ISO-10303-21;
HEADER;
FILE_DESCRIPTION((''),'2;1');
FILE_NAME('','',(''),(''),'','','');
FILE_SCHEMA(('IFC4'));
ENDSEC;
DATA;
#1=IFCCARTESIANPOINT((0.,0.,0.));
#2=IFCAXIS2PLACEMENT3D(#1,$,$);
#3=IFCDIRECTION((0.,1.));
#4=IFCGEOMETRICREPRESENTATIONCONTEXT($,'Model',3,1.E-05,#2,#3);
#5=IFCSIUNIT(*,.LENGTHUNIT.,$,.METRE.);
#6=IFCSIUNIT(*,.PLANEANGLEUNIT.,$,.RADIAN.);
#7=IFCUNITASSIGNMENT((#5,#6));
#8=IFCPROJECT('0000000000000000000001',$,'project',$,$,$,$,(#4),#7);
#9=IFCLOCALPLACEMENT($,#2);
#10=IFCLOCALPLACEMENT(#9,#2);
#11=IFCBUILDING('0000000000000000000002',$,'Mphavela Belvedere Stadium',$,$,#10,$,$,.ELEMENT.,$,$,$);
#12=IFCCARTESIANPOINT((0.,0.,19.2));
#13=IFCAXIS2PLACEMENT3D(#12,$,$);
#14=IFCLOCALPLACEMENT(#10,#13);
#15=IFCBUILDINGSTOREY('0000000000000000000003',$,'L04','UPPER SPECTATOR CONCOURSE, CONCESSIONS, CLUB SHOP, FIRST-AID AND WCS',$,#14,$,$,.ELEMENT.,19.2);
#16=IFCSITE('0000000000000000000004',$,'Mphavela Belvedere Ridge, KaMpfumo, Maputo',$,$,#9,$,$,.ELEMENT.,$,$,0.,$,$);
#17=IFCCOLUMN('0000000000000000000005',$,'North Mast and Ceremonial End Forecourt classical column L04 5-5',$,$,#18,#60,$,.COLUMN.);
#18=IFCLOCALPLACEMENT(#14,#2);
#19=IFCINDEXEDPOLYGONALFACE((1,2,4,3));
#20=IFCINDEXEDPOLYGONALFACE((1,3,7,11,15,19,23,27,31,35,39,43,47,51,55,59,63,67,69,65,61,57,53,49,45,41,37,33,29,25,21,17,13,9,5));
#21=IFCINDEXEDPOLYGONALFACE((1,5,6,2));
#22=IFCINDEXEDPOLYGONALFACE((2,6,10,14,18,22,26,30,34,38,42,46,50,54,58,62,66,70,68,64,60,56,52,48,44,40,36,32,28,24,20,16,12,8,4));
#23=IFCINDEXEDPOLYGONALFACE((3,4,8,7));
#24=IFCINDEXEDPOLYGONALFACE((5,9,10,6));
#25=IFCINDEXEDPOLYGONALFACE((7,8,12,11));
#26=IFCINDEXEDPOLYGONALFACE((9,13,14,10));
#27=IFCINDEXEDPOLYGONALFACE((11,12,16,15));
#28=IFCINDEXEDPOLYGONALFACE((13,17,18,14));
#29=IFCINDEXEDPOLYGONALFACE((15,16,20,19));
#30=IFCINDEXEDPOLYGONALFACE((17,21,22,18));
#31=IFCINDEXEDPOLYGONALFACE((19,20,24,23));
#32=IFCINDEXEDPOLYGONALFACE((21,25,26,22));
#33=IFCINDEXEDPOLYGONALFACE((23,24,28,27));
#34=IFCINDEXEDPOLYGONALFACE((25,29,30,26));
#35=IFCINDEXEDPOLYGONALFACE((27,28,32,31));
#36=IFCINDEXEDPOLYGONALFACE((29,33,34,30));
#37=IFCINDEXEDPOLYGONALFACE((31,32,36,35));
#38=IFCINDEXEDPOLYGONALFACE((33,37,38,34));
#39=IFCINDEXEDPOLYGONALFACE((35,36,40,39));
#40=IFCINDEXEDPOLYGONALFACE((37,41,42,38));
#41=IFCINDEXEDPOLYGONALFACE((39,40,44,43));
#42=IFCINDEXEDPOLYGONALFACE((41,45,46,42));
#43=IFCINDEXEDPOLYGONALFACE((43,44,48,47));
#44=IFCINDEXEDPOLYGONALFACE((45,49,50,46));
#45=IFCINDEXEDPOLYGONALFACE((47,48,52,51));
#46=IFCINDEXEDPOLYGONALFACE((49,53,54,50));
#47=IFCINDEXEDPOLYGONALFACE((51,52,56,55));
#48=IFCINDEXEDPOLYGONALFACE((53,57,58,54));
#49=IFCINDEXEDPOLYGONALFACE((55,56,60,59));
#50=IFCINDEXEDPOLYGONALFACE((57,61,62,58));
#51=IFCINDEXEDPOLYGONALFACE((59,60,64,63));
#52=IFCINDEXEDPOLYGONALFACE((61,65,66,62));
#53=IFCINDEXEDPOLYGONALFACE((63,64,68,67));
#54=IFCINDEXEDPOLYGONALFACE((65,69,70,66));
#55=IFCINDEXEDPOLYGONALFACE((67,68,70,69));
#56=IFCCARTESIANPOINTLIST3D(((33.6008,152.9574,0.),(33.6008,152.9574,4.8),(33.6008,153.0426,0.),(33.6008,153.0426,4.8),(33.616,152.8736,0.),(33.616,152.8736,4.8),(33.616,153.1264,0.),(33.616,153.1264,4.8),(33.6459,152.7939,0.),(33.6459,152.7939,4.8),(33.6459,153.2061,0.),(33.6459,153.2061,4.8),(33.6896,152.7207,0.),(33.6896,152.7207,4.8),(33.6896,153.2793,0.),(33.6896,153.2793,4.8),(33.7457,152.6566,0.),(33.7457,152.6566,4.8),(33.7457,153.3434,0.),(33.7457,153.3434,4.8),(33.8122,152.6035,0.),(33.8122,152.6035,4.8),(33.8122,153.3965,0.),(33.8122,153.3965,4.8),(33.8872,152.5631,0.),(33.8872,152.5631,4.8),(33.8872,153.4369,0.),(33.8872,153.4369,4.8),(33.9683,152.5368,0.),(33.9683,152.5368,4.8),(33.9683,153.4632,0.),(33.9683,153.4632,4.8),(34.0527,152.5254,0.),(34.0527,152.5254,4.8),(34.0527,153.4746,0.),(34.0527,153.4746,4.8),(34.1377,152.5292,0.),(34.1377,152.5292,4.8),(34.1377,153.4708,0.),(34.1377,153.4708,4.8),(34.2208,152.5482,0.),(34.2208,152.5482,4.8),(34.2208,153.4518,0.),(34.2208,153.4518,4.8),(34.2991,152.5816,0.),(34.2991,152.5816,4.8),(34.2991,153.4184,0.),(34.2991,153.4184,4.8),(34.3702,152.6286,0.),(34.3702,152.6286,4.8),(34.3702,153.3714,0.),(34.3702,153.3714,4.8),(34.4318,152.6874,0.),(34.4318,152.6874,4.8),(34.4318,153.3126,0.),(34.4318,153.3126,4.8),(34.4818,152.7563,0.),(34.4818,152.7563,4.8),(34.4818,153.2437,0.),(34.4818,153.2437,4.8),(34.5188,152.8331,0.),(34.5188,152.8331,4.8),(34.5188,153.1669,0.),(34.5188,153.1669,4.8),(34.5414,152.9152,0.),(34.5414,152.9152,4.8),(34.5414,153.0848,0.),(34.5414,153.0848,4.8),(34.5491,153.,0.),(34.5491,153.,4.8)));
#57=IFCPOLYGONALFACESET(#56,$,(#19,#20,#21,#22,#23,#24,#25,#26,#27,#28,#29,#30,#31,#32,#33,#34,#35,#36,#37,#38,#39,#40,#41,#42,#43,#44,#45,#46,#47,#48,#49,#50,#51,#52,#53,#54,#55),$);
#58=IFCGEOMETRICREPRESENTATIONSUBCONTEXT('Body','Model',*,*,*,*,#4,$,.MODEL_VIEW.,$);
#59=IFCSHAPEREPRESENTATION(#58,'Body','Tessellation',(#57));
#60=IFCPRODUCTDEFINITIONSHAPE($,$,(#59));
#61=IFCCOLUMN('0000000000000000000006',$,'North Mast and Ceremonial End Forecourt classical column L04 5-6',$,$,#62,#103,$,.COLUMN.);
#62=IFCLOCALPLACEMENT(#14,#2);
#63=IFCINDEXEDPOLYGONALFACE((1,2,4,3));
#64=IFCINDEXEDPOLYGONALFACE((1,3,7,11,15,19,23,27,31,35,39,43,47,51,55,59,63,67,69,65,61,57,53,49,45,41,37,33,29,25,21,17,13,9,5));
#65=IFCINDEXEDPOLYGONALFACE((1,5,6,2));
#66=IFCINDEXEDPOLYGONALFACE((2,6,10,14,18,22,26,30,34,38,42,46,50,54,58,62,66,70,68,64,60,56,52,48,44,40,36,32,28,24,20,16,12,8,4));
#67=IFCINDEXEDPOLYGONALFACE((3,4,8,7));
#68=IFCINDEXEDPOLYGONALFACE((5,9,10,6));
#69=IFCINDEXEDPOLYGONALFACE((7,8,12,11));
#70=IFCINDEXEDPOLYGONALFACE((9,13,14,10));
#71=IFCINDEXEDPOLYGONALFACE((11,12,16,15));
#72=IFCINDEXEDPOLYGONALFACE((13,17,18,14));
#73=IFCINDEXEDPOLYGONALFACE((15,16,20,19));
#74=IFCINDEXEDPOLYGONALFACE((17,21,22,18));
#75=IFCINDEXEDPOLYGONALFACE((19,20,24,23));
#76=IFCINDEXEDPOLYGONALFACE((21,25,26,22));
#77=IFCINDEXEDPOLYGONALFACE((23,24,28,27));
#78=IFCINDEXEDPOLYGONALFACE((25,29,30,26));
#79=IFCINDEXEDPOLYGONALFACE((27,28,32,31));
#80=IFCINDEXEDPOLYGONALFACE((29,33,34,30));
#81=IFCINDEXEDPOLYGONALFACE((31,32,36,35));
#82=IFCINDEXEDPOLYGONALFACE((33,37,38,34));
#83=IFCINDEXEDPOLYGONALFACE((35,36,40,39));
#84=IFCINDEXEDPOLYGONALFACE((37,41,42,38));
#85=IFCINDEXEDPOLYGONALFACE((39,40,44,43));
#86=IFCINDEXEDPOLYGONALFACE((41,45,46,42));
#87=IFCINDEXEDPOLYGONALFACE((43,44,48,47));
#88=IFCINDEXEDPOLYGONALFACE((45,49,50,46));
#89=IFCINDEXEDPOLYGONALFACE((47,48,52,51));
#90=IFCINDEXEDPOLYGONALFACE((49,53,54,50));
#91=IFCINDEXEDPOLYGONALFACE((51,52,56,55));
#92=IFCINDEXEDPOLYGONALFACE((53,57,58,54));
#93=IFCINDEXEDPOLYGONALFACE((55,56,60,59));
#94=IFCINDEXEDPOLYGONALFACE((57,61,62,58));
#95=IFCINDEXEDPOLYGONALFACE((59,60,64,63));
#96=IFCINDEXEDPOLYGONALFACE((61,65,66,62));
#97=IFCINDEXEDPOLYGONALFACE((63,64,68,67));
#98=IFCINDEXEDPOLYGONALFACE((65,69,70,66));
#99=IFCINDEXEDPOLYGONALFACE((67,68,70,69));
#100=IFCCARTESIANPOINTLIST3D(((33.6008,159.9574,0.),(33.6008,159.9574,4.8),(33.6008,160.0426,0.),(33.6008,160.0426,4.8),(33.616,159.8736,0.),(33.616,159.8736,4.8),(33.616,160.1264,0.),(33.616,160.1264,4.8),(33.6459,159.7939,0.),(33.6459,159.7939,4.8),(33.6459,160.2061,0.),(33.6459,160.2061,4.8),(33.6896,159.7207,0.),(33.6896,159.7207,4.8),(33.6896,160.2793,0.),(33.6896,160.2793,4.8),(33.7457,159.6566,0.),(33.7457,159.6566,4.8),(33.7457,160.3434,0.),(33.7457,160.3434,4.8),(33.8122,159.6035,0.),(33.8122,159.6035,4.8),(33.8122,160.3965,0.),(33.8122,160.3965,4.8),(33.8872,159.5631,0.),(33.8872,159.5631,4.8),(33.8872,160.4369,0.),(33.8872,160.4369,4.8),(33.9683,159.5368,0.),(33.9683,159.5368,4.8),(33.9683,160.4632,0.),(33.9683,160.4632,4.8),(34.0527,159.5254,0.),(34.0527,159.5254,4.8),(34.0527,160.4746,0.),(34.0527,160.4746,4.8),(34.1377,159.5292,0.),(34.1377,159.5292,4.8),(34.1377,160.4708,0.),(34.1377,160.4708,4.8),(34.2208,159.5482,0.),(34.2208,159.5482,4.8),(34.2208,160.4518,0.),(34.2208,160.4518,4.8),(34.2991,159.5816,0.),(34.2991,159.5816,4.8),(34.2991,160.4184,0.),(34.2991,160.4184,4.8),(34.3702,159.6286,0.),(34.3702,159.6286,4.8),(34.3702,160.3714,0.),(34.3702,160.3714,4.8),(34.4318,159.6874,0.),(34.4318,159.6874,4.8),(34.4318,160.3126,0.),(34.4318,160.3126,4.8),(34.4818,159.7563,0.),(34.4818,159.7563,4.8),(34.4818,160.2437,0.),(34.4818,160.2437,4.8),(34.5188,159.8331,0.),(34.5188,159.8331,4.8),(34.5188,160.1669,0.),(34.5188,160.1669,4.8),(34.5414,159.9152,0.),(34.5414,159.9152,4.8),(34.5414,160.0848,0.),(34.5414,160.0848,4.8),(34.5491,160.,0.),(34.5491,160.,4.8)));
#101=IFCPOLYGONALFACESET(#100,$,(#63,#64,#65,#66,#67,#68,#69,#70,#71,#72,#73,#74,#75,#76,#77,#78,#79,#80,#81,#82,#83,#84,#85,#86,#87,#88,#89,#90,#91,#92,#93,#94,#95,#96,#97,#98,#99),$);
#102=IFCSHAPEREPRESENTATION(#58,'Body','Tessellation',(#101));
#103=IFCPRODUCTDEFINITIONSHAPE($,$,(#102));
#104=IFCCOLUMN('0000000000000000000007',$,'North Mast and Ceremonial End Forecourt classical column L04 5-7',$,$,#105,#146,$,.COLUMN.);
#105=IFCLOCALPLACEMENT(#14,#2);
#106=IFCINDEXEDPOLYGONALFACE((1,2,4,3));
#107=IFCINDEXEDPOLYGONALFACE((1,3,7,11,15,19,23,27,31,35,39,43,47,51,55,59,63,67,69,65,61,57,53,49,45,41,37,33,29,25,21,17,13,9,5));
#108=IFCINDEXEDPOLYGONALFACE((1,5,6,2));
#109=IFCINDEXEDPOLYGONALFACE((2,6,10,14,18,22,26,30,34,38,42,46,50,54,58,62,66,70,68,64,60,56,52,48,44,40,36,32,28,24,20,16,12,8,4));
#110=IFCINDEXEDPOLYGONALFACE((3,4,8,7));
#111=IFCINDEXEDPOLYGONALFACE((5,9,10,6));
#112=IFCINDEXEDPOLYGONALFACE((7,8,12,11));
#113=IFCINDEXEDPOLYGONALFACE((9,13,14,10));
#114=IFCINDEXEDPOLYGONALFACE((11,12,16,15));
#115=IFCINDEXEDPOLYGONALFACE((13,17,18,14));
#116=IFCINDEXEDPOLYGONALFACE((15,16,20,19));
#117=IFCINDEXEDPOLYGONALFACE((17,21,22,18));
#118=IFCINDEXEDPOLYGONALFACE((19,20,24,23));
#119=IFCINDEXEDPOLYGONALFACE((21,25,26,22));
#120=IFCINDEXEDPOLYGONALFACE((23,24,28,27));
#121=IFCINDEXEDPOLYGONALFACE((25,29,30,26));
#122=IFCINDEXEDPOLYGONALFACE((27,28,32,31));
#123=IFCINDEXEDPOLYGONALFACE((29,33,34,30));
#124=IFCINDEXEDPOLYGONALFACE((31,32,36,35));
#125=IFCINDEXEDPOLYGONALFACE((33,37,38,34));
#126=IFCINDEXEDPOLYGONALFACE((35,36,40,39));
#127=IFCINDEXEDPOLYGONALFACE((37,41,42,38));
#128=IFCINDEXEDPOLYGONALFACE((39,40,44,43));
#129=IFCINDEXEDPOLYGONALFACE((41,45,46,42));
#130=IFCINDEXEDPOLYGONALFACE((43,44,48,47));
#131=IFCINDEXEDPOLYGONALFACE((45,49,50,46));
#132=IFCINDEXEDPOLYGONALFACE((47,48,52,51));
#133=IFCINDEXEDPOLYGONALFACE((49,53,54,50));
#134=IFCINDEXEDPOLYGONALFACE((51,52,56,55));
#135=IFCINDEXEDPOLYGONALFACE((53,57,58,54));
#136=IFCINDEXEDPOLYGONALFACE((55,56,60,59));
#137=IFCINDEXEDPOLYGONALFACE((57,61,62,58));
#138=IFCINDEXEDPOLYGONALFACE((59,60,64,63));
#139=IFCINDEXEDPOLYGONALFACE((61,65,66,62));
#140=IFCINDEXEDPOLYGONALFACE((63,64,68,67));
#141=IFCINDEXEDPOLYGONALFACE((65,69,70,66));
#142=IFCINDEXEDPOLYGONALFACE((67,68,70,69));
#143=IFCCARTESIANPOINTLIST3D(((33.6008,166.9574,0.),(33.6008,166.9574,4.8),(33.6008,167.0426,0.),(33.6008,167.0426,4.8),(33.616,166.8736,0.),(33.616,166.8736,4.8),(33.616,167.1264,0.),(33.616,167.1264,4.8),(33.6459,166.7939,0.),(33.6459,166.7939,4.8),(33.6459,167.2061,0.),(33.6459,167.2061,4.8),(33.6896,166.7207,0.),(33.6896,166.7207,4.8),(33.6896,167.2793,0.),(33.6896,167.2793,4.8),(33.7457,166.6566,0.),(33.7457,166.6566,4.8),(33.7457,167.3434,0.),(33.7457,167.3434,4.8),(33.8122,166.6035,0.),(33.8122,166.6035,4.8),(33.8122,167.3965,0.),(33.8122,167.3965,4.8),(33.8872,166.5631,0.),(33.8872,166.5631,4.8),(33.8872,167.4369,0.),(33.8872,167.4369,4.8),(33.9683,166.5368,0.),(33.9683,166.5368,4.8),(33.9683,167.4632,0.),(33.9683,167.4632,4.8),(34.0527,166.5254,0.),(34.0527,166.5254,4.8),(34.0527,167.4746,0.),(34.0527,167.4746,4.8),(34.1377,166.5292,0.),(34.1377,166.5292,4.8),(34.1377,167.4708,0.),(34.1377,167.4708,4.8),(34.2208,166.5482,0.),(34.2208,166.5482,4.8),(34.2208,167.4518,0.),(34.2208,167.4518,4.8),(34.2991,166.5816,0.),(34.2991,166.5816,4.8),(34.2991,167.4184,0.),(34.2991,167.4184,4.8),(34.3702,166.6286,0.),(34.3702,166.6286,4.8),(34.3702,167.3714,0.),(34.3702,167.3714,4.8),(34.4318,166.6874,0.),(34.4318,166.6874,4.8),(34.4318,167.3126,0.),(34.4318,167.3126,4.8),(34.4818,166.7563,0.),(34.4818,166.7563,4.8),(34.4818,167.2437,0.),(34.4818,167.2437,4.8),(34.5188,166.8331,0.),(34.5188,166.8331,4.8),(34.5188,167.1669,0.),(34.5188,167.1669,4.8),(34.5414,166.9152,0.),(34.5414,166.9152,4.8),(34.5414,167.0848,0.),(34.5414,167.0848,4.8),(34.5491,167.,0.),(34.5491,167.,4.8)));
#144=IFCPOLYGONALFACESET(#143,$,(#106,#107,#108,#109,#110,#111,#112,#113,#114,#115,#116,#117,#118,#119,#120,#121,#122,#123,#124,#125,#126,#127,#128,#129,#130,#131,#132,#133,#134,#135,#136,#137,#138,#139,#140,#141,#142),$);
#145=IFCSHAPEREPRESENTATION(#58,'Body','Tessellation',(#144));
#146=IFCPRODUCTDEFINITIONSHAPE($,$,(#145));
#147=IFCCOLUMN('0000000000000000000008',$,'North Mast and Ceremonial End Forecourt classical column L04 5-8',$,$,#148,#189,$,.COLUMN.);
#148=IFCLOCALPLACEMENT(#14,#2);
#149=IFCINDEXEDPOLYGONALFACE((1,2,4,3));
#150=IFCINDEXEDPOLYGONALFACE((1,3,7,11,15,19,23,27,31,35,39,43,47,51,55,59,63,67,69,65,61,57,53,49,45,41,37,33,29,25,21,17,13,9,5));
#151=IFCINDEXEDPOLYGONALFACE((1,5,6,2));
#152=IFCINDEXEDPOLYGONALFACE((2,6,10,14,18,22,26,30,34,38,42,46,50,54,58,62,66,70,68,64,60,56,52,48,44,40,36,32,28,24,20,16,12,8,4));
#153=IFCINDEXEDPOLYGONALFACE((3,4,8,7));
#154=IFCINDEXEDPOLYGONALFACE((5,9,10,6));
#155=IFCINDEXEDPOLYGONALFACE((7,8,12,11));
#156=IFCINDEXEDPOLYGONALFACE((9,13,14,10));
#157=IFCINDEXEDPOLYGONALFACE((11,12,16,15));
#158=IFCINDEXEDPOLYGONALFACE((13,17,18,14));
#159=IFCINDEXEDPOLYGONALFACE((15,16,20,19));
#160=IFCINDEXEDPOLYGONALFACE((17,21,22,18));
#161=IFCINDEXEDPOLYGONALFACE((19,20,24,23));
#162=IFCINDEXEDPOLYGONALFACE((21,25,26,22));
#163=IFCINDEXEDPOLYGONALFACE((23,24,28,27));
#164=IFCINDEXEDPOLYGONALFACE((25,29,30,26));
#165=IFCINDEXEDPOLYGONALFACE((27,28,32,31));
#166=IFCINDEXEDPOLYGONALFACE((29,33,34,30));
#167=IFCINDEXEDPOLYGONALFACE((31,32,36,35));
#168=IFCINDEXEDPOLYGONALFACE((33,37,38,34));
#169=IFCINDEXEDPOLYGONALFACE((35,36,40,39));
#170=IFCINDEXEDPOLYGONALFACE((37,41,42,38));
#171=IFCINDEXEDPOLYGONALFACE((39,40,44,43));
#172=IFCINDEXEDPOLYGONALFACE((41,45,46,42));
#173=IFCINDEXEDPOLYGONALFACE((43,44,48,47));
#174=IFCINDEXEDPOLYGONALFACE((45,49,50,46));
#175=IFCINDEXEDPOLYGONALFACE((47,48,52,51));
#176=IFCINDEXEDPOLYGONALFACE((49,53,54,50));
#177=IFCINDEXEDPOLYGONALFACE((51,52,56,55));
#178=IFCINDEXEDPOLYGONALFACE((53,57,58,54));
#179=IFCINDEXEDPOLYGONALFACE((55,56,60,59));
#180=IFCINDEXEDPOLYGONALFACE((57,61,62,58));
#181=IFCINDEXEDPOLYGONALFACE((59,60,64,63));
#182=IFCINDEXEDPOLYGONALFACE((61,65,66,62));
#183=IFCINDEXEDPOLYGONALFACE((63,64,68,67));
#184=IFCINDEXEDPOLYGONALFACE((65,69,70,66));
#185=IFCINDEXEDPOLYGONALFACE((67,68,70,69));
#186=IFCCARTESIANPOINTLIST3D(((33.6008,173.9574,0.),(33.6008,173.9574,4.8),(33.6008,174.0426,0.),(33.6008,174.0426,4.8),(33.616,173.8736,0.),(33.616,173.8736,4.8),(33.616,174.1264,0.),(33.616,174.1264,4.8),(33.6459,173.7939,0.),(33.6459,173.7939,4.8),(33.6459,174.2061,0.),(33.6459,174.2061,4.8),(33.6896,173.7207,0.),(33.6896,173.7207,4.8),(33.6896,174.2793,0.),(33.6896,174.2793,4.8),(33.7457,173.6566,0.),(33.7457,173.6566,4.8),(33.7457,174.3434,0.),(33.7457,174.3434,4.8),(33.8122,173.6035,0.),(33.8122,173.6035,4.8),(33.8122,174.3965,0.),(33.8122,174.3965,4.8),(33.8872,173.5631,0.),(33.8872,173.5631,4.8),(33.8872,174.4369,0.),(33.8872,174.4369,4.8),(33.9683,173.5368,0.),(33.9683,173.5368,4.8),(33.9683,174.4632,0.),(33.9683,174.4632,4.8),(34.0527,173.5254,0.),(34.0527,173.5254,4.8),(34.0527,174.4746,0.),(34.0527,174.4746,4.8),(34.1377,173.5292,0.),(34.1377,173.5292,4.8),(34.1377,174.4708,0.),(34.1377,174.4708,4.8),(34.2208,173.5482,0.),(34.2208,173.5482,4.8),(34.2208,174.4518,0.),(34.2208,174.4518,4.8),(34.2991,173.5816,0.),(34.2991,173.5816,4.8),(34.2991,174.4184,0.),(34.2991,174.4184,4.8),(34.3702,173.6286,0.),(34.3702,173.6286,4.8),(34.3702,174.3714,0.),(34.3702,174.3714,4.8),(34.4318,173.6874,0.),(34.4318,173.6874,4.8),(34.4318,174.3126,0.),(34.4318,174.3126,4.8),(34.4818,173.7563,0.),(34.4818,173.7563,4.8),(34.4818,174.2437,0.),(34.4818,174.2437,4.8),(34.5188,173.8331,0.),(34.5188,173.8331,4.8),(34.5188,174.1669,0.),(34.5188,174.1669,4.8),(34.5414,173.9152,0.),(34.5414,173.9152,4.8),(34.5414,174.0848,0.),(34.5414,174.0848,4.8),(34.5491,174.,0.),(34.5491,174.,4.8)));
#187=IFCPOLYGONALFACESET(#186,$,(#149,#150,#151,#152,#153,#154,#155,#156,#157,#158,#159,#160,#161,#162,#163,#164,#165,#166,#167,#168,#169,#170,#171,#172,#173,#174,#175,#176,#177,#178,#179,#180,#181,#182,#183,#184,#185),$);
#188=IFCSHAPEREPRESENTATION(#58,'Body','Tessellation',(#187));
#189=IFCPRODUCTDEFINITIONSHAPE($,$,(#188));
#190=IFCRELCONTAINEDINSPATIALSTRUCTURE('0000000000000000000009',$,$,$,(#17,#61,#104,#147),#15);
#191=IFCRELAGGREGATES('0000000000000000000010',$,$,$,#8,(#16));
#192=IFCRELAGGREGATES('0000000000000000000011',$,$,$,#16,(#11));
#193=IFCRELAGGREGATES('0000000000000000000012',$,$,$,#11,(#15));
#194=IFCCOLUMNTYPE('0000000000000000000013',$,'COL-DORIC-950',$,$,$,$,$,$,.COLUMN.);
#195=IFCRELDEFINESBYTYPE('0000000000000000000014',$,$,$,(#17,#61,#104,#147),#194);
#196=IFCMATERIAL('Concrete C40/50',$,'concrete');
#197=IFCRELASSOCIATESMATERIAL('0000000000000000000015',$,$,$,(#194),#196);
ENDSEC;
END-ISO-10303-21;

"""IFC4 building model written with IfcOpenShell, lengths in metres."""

from ifc_helpers import new_model, si_unit, direction, frame, origin, origin_2d, place, context, subcontext, project, spatial, circle, extrude, material, material_profile, profile_set, type_object, element, save


model = new_model("IFC4")

# Units and contexts
model_context = context("Model", 3, precision=1e-05, world=origin(), true_north=direction((0.0, 1.0)))
body_context = subcontext(model_context, "Body", "Model", "MODEL_VIEW")
ifc_project = project(units=[si_unit("LENGTHUNIT", "METRE"), si_unit("PLANEANGLEUNIT", "RADIAN")], contexts=[model_context])

# Site, building, storey
site_placement = place(None, origin())
site = spatial("IfcSite", under=ifc_project, at=site_placement, Name="Mphavela Belvedere Ridge, KaMpfumo, Maputo", CompositionType="ELEMENT", RefElevation=0.0)
building_placement = place(site_placement, origin())
building = spatial("IfcBuilding", under=site, at=building_placement, Name="Mphavela Belvedere Stadium", CompositionType="ELEMENT")
storey_placement = place(building_placement, frame((0.0, 0.0, 19.2)))
storey = spatial("IfcBuildingStorey", under=building, at=storey_placement, Name="L04", Description="UPPER SPECTATOR CONCOURSE, CONCESSIONS, CLUB SHOP, FIRST-AID AND WCS", CompositionType="ELEMENT", Elevation=19.2)

# Columns
ifc_material_1 = material(Name="Concrete C40/50", Category="concrete")
ifc_material_profile_1 = material_profile(ifc_material_1, circle(Radius=0.4751, at=origin_2d()), Name="COL D950")
ifc_profile_set_1 = profile_set([ifc_material_profile_1], Name="Concrete C40/50")
column_type_1 = type_object("IfcColumnType", Name="COL-DORIC-950", PredefinedType="COLUMN", material=ifc_profile_set_1)
for number, where, z_axis, x_axis, name in (
    (1, (34.074, 153.0, 0.0), (0.0, 0.0, 1.0), (1.0, 0.0, 0.0), "North Mast and Ceremonial End Forecourt classical column L04 5-5"),
    (2, (34.074, 160.0, 0.0), (0.0, 0.0, 1.0), (1.0, 0.0, 0.0), "North Mast and Ceremonial End Forecourt classical column L04 5-6"),
    (3, (34.074, 167.0, 0.0), (0.0, 0.0, 1.0), (1.0, 0.0, 0.0), "North Mast and Ceremonial End Forecourt classical column L04 5-7"),
    (4, (34.074, 174.0, 0.0), (0.0, 0.0, 1.0), (1.0, 0.0, 0.0), "North Mast and Ceremonial End Forecourt classical column L04 5-8"),
):
    element("IfcColumn", number, at=place(storey_placement, frame(where, z_axis=z_axis, x_axis=x_axis)), inside=storey, type_object=column_type_1, Name=name, PredefinedType="COLUMN", context=body_context, shape_type="SweptSolid", body=[
        extrude(circle(Radius=0.4751, at=origin_2d()), origin(), (0.0, 0.0, 1.0), 4.8),
    ])

save(model, "model.ifc")
